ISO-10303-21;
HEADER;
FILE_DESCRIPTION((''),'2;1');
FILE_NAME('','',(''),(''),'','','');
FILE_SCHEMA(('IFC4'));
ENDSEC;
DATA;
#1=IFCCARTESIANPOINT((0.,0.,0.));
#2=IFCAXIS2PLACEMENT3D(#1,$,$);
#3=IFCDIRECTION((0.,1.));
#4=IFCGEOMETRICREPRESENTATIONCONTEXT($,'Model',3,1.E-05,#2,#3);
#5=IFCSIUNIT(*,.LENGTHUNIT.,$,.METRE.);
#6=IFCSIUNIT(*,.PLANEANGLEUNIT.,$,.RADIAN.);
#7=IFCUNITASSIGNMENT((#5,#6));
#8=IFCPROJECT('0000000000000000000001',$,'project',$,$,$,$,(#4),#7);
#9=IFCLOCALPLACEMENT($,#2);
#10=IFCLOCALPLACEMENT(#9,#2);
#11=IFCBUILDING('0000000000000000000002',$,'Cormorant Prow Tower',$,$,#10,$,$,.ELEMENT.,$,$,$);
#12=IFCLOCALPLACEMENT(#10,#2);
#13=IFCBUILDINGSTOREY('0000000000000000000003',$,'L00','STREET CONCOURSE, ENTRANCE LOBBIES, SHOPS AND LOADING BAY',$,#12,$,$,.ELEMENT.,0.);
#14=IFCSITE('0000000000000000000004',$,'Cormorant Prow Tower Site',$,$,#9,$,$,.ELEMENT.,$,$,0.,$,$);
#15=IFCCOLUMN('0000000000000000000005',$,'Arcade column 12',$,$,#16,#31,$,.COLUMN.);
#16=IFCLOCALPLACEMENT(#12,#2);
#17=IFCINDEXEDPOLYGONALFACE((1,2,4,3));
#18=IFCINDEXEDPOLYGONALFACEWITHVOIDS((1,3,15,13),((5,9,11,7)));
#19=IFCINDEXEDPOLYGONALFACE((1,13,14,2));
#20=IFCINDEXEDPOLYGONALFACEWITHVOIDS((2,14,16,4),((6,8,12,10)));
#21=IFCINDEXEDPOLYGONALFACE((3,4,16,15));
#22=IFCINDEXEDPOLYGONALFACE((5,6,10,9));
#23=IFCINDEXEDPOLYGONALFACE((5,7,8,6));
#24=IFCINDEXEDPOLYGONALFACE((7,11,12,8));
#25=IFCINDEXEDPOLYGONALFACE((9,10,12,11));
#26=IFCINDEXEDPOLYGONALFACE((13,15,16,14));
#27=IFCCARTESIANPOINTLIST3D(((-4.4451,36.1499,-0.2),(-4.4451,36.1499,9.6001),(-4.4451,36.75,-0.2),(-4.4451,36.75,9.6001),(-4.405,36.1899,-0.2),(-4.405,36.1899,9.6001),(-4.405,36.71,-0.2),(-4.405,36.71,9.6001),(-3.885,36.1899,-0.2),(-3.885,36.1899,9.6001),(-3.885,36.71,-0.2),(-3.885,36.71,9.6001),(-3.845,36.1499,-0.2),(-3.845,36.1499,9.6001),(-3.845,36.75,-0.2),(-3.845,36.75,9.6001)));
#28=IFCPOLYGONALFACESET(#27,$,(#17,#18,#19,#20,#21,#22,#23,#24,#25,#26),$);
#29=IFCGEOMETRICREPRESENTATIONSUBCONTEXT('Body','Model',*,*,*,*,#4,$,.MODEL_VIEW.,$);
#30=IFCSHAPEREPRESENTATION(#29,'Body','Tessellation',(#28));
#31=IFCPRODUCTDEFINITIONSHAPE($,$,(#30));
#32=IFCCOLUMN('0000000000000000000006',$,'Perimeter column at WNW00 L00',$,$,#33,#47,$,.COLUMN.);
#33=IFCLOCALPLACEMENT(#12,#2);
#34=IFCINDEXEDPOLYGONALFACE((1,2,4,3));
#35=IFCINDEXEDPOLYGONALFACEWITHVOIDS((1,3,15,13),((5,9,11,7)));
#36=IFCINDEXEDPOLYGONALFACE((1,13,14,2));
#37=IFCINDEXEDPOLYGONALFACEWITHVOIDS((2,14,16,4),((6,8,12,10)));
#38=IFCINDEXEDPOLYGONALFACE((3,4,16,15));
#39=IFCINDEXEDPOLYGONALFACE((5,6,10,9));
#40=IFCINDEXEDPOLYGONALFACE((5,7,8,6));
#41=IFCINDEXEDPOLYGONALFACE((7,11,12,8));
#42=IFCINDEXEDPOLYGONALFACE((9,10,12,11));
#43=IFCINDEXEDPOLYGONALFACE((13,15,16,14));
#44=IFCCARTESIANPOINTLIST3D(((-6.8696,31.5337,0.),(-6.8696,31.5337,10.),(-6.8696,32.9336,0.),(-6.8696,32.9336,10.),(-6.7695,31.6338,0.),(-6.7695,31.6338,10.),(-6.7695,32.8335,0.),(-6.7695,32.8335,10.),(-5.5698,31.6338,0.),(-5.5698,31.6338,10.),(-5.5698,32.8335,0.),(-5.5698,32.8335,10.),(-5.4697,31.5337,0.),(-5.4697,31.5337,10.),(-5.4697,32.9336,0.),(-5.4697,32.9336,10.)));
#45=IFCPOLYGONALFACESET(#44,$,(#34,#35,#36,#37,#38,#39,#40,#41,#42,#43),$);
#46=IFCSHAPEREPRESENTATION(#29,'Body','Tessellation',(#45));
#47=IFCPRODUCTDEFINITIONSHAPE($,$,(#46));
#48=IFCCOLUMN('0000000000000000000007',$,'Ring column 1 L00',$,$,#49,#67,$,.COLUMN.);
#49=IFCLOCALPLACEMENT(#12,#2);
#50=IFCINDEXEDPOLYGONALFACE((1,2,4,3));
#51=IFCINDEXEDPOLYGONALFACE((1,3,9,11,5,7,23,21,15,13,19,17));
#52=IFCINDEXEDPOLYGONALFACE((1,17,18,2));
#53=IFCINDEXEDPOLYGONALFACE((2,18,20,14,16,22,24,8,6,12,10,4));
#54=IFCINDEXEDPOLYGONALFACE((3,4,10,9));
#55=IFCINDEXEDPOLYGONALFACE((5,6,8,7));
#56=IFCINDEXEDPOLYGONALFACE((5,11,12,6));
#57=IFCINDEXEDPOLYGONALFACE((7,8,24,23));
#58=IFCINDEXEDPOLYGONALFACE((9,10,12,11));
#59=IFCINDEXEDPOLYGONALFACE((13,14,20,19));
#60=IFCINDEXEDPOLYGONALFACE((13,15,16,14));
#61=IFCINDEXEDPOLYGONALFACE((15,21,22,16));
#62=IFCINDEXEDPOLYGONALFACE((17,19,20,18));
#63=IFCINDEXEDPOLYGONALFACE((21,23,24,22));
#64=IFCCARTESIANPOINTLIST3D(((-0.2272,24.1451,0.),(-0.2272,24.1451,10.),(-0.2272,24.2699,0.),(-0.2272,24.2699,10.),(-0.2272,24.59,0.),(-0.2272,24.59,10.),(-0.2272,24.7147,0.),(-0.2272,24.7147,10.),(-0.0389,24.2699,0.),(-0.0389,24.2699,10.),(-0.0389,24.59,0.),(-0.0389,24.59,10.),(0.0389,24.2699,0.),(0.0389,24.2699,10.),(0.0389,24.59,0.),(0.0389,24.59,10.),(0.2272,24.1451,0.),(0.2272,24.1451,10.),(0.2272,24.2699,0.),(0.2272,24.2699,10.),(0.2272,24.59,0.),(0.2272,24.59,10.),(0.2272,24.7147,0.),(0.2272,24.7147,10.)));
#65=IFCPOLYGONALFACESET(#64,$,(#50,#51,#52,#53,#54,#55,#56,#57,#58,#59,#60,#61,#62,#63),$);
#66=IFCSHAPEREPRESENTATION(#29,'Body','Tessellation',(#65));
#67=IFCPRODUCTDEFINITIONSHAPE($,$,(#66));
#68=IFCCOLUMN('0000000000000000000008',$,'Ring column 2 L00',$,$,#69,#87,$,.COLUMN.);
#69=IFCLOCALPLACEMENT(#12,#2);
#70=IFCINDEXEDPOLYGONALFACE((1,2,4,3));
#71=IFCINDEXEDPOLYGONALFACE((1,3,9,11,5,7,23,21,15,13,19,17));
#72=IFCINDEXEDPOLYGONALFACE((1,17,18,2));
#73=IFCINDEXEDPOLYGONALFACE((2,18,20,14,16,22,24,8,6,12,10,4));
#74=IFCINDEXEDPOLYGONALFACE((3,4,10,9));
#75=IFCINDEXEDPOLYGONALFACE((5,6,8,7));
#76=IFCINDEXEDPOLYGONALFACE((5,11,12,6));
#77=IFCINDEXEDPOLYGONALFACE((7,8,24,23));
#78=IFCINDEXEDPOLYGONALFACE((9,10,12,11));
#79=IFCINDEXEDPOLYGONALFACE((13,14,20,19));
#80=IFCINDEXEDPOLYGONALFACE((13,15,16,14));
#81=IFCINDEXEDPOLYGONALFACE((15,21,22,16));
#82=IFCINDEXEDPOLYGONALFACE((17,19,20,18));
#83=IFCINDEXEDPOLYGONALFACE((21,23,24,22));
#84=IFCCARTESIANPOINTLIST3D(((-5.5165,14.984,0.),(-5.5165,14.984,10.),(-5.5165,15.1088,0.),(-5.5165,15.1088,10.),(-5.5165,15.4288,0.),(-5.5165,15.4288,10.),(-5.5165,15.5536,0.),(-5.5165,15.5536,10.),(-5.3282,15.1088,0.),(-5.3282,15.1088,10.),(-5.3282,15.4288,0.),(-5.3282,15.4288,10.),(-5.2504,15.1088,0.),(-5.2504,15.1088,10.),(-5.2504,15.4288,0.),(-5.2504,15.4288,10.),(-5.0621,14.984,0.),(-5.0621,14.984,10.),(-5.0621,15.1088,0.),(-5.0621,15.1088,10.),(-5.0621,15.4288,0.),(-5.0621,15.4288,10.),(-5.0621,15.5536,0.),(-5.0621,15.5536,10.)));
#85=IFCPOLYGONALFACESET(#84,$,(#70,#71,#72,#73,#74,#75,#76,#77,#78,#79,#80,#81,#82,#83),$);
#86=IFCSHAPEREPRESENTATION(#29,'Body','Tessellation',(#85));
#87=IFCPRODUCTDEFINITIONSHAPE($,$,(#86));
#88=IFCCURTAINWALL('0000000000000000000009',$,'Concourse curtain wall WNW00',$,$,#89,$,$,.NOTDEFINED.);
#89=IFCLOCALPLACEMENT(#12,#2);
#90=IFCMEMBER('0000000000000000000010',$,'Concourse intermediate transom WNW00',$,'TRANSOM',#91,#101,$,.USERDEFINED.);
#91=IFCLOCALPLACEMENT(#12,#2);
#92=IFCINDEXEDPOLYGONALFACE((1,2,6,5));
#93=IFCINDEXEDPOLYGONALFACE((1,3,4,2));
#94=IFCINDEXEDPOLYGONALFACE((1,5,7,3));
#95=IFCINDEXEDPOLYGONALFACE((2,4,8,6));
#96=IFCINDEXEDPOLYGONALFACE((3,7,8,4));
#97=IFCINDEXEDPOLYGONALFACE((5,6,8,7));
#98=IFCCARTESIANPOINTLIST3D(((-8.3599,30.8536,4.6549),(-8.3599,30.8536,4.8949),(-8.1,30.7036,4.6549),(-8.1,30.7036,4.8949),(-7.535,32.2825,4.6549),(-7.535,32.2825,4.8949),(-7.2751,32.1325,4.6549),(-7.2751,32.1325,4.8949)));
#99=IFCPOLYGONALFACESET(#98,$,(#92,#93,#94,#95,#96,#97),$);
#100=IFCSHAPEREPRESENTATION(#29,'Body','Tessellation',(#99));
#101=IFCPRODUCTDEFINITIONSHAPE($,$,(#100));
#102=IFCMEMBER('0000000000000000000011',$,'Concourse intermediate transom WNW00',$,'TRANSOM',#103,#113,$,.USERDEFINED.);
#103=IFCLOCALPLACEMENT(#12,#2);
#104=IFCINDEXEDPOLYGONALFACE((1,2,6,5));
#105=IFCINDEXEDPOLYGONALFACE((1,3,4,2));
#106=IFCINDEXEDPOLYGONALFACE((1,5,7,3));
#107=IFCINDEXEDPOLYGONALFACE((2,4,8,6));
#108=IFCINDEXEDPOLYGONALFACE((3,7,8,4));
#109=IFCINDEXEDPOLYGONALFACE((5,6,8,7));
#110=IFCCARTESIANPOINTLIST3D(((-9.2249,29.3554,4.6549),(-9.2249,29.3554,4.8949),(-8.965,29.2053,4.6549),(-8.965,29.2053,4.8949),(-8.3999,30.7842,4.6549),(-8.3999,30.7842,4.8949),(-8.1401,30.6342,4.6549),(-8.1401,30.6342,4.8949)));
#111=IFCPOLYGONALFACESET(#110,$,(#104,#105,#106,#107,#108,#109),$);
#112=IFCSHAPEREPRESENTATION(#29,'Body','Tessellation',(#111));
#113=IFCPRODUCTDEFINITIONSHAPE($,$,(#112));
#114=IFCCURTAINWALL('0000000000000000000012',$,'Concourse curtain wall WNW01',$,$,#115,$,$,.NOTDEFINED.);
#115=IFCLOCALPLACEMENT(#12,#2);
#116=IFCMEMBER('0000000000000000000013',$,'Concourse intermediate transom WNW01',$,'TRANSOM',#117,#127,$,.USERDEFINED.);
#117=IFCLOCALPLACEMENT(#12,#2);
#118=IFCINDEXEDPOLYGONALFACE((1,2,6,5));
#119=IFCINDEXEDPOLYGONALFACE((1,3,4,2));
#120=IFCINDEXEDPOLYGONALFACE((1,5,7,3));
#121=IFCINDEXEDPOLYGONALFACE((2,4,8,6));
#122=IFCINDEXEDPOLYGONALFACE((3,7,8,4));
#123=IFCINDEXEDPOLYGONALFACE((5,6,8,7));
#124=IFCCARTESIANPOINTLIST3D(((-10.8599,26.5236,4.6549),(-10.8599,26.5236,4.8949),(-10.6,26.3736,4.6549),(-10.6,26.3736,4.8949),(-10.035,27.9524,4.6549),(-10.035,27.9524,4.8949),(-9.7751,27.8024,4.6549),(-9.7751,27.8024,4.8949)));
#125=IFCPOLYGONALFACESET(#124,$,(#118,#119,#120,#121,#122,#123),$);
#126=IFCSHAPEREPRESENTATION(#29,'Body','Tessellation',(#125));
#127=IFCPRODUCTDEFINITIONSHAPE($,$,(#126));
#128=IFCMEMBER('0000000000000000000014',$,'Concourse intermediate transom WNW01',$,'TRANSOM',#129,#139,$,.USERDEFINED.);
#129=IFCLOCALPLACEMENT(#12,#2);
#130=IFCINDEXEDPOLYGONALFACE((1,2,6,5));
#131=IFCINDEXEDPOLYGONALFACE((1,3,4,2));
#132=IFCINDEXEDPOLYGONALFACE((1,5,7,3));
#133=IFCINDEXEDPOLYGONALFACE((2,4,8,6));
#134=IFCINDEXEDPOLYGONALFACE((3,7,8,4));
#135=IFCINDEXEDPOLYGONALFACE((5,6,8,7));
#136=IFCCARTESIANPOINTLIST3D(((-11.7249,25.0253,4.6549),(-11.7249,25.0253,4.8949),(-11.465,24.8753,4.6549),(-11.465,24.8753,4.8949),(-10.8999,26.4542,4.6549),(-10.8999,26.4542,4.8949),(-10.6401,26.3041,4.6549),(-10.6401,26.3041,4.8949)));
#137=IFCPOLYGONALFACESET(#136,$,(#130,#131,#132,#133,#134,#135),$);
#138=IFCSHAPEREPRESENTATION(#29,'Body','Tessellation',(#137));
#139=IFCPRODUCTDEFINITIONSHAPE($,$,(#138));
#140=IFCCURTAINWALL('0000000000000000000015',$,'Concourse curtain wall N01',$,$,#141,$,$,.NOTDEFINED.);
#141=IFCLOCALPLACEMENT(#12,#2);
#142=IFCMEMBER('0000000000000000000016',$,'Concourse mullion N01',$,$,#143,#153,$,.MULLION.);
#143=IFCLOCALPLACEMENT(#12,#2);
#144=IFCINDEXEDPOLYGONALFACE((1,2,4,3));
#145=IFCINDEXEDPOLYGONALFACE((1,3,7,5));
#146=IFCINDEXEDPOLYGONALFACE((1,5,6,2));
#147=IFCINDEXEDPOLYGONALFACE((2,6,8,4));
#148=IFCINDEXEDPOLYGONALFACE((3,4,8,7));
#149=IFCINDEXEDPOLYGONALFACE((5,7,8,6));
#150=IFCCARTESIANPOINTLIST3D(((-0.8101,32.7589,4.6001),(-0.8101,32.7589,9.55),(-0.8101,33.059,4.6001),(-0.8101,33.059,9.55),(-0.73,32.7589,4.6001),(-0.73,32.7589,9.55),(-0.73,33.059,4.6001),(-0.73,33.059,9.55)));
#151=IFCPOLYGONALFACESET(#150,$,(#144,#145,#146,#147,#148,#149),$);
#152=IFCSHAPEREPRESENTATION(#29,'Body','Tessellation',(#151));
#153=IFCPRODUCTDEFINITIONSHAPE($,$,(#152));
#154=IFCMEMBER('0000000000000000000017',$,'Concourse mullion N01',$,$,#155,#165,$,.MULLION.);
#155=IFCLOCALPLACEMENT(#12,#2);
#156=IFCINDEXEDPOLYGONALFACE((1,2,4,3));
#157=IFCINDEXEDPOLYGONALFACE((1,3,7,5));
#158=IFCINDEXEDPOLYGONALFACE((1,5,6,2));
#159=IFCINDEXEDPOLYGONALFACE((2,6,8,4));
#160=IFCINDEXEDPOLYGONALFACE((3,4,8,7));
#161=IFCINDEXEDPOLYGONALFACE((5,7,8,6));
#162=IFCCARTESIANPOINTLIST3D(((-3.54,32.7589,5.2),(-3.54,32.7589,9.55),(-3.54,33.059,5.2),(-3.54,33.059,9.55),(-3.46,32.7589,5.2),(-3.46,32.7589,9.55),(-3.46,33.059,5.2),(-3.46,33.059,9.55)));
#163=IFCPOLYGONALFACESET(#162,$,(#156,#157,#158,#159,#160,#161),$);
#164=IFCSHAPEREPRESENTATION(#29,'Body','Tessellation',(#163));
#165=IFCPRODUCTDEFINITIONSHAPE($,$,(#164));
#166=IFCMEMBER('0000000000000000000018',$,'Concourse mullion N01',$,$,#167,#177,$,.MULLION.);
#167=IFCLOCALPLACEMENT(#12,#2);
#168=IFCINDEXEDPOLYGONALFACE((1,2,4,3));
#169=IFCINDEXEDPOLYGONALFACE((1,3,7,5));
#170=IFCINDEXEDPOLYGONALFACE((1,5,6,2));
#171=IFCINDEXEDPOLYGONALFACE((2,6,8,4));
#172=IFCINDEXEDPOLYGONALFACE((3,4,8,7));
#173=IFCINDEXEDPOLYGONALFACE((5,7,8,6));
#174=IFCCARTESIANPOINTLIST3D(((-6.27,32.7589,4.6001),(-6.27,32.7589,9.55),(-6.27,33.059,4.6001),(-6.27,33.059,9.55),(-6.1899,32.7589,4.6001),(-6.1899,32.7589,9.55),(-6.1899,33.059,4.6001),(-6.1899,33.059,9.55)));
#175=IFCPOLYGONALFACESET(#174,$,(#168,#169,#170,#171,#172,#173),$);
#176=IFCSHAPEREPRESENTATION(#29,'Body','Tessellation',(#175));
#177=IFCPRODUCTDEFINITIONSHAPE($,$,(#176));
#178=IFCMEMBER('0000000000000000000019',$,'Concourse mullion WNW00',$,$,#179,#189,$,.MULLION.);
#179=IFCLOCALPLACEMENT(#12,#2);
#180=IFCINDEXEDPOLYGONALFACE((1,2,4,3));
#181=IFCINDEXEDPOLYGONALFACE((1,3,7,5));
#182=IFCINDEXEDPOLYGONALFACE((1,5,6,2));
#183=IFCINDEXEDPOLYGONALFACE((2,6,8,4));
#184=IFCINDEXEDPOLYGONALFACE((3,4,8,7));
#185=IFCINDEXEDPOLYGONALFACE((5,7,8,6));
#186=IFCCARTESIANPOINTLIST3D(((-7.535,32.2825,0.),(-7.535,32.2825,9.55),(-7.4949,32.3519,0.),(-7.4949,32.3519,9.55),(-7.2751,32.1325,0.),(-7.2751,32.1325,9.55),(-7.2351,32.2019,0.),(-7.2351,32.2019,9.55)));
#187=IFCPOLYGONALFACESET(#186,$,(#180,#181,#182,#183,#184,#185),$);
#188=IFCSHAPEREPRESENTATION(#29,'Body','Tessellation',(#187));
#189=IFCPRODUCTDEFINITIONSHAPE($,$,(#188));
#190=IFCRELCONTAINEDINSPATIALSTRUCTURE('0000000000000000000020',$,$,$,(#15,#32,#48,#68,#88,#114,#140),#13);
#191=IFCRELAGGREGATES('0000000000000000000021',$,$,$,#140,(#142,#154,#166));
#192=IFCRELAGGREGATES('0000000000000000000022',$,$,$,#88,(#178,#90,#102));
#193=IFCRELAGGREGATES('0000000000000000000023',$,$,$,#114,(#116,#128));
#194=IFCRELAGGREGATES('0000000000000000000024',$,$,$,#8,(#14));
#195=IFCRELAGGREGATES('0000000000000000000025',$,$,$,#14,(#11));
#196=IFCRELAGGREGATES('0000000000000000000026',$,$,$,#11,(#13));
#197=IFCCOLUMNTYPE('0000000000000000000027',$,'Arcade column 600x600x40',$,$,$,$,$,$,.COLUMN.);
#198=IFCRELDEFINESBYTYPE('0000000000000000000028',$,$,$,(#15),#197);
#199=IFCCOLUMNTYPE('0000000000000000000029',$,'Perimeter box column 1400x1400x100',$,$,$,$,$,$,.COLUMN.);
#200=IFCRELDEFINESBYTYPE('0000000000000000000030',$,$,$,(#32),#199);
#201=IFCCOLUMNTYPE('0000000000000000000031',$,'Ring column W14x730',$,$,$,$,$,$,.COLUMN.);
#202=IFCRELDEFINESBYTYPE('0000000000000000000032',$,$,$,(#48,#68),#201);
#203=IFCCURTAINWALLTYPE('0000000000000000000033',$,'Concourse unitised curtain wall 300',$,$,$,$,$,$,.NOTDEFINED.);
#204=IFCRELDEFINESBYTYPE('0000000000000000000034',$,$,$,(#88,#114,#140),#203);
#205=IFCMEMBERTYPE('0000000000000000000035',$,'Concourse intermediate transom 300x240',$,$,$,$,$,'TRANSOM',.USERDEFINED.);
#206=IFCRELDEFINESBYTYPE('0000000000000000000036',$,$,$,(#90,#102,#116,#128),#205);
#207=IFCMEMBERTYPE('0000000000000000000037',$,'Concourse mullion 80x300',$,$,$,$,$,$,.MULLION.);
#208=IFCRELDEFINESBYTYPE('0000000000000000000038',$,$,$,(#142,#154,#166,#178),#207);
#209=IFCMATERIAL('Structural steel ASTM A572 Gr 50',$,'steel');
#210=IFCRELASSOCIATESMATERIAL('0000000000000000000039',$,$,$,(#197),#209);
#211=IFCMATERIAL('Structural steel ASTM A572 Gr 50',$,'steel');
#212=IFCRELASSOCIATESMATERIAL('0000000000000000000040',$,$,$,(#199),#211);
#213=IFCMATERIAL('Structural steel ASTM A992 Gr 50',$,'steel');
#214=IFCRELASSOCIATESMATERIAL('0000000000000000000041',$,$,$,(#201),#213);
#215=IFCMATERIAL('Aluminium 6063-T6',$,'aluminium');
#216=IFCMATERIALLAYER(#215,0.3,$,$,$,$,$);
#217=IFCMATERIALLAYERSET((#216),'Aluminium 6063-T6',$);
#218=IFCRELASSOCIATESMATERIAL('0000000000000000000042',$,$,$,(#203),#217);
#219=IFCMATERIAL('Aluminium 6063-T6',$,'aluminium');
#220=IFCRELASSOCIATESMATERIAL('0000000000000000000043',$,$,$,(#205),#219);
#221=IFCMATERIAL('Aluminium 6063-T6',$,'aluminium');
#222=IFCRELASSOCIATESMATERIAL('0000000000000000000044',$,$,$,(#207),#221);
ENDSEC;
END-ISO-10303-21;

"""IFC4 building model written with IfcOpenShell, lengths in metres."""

from ifc_helpers import new_model, si_unit, direction, frame, origin, origin_2d, place, context, subcontext, project, spatial, rectangle, hollow_rectangle, i_section, extrude, material, layer, layer_set, material_profile, profile_set, type_object, element, aggregate, save


model = new_model("IFC4")

# Units and contexts
model_context = context("Model", 3, precision=1e-05, world=origin(), true_north=direction((0.0, 1.0)))
body_context = subcontext(model_context, "Body", "Model", "MODEL_VIEW")
ifc_project = project(units=[si_unit("LENGTHUNIT", "METRE"), si_unit("PLANEANGLEUNIT", "RADIAN")], contexts=[model_context])

# Site, building, storey
site_placement = place(None, origin())
site = spatial("IfcSite", under=ifc_project, at=site_placement, Name="Cormorant Prow Tower Site", CompositionType="ELEMENT", RefElevation=0.0)
building_placement = place(site_placement, origin())
building = spatial("IfcBuilding", under=site, at=building_placement, Name="Cormorant Prow Tower", CompositionType="ELEMENT")
storey_placement = place(building_placement, origin())
storey = spatial("IfcBuildingStorey", under=building, at=storey_placement, Name="L00", Description="STREET CONCOURSE, ENTRANCE LOBBIES, SHOPS AND LOADING BAY", CompositionType="ELEMENT", Elevation=0.0)

# Columns
ifc_material_1 = material(Name="Structural steel ASTM A572 Gr 50", Category="steel")
ifc_material_profile_1 = material_profile(ifc_material_1, hollow_rectangle(XDim=0.6001, YDim=0.6001, WallThickness=0.04, at=origin_2d()), Name="Box 600x600x40")
ifc_profile_set_1 = profile_set([ifc_material_profile_1], Name="Structural steel ASTM A572 Gr 50")
column_type_1 = type_object("IfcColumnType", Name="Arcade column 600x600x40", PredefinedType="COLUMN", material=ifc_profile_set_1)
column_1_placement = place(storey_placement, frame((-4.145, 36.45, -0.2), z_axis=(0.0, 0.0, 1.0), x_axis=(1.0, 0.0, 0.0)))
element("IfcColumn", 1, at=column_1_placement, inside=storey, type_object=column_type_1, Name="Arcade column 12", PredefinedType="COLUMN", context=body_context, shape_type="SweptSolid", body=[
    extrude(hollow_rectangle(XDim=0.6001, YDim=0.6001, WallThickness=0.04, at=origin_2d()), origin(), (0.0, 0.0, 1.0), 9.8),
])
ifc_material_2 = material(Name="Structural steel ASTM A572 Gr 50", Category="steel")
ifc_material_profile_2 = material_profile(ifc_material_2, hollow_rectangle(XDim=1.3999, YDim=1.3999, WallThickness=0.1001, at=origin_2d()), Name="Box 1400x1400x100")
ifc_profile_set_2 = profile_set([ifc_material_profile_2], Name="Structural steel ASTM A572 Gr 50")
column_type_2 = type_object("IfcColumnType", Name="Perimeter box column 1400x1400x100", PredefinedType="COLUMN", material=ifc_profile_set_2)
column_2_placement = place(storey_placement, frame((-6.1697, 32.2336, 0.0), z_axis=(0.0, 0.0, 1.0), x_axis=(1.0, 0.0, 0.0)))
element("IfcColumn", 2, at=column_2_placement, inside=storey, type_object=column_type_2, Name="Perimeter column at WNW00 L00", PredefinedType="COLUMN", context=body_context, shape_type="SweptSolid", body=[
    extrude(hollow_rectangle(XDim=1.3999, YDim=1.3999, WallThickness=0.1001, at=origin_2d()), origin(), (0.0, 0.0, 1.0), 10.0),
])
ifc_material_3 = material(Name="Structural steel ASTM A992 Gr 50", Category="steel")
ifc_material_profile_3 = material_profile(ifc_material_3, i_section(OverallWidth=0.4543, OverallDepth=0.5696, WebThickness=0.0779, FlangeThickness=0.1248, at=origin_2d()), Name="W14x730")
ifc_profile_set_3 = profile_set([ifc_material_profile_3], Name="Structural steel ASTM A992 Gr 50")
column_type_3 = type_object("IfcColumnType", Name="Ring column W14x730", PredefinedType="COLUMN", material=ifc_profile_set_3)
for number, where, z_axis, x_axis, name in (
    (3, (0.0, 24.4299, 0.0), (0.0, 0.0, 1.0), (1.0, 0.0, 0.0), "Ring column 1 L00"),
    (4, (-5.2893, 15.2688, 0.0), (0.0, 0.0, 1.0), (1.0, 0.0, 0.0), "Ring column 2 L00"),
):
    element("IfcColumn", number, at=place(storey_placement, frame(where, z_axis=z_axis, x_axis=x_axis)), inside=storey, type_object=column_type_3, Name=name, PredefinedType="COLUMN", context=body_context, shape_type="SweptSolid", body=[
        extrude(i_section(OverallWidth=0.4543, OverallDepth=0.5696, WebThickness=0.0779, FlangeThickness=0.1248, at=origin_2d()), origin(), (0.0, 0.0, 1.0), 10.0),
    ])

# Curtain walls, members
ifc_material_4 = material(Name="Aluminium 6063-T6", Category="aluminium")
ifc_layer_1 = layer(ifc_material_4, 0.3)
ifc_layer_set_1 = layer_set([ifc_layer_1], Name="Aluminium 6063-T6")
curtain_wall_type = type_object("IfcCurtainWallType", Name="Concourse unitised curtain wall 300", PredefinedType="NOTDEFINED", material=ifc_layer_set_1)
curtain_wall_1_placement = place(storey_placement, origin())
curtain_wall_1 = element("IfcCurtainWall", 5, at=curtain_wall_1_placement, inside=storey, type_object=curtain_wall_type, Name="Concourse curtain wall WNW00", PredefinedType="NOTDEFINED")
ifc_material_5 = material(Name="Aluminium 6063-T6", Category="aluminium")
ifc_material_profile_4 = material_profile(ifc_material_5, rectangle(XDim=0.3, YDim=0.24, at=origin_2d()), Name="Concourse intermediate transom 300x240")
ifc_profile_set_4 = profile_set([ifc_material_profile_4], Name="Aluminium 6063-T6")
member_type_1 = type_object("IfcMemberType", Name="Concourse intermediate transom 300x240", ElementType="TRANSOM", PredefinedType="USERDEFINED", material=ifc_profile_set_4)
member_1_placement = place(storey_placement, frame((-7.405, 32.2075, 4.7749), z_axis=(-0.499974, -0.86604, 0.0), x_axis=(0.86604, -0.499974, 0.0)))
member_1 = element("IfcMember", 6, at=member_1_placement, type_object=member_type_1, Name="Concourse intermediate transom WNW00", ObjectType="TRANSOM", PredefinedType="USERDEFINED", context=body_context, shape_type="SweptSolid", body=[
    extrude(rectangle(XDim=0.3, YDim=0.24, at=origin_2d()), origin(), (0.0, 0.0, 1.0), 1.6499),
])
member_2_placement = place(storey_placement, frame((-8.27, 30.7092, 4.7749), z_axis=(-0.499974, -0.86604, 0.0), x_axis=(0.86604, -0.499974, 0.0)))
member_2 = element("IfcMember", 7, at=member_2_placement, type_object=member_type_1, Name="Concourse intermediate transom WNW00", ObjectType="TRANSOM", PredefinedType="USERDEFINED", context=body_context, shape_type="SweptSolid", body=[
    extrude(rectangle(XDim=0.3, YDim=0.24, at=origin_2d()), origin(), (0.0, 0.0, 1.0), 1.6499),
])
curtain_wall_2_placement = place(storey_placement, origin())
curtain_wall_2 = element("IfcCurtainWall", 8, at=curtain_wall_2_placement, inside=storey, type_object=curtain_wall_type, Name="Concourse curtain wall WNW01", PredefinedType="NOTDEFINED")
member_3_placement = place(storey_placement, frame((-9.905, 27.8774, 4.7749), z_axis=(-0.499974, -0.86604, 0.0), x_axis=(0.86604, -0.499974, 0.0)))
member_3 = element("IfcMember", 9, at=member_3_placement, type_object=member_type_1, Name="Concourse intermediate transom WNW01", ObjectType="TRANSOM", PredefinedType="USERDEFINED", context=body_context, shape_type="SweptSolid", body=[
    extrude(rectangle(XDim=0.3, YDim=0.24, at=origin_2d()), origin(), (0.0, 0.0, 1.0), 1.6499),
])
member_4_placement = place(storey_placement, frame((-10.77, 26.3792, 4.7749), z_axis=(-0.499974, -0.86604, 0.0), x_axis=(0.86604, -0.499974, 0.0)))
member_4 = element("IfcMember", 10, at=member_4_placement, type_object=member_type_1, Name="Concourse intermediate transom WNW01", ObjectType="TRANSOM", PredefinedType="USERDEFINED", context=body_context, shape_type="SweptSolid", body=[
    extrude(rectangle(XDim=0.3, YDim=0.24, at=origin_2d()), origin(), (0.0, 0.0, 1.0), 1.6499),
])
curtain_wall_3_placement = place(storey_placement, origin())
curtain_wall_3 = element("IfcCurtainWall", 11, at=curtain_wall_3_placement, inside=storey, type_object=curtain_wall_type, Name="Concourse curtain wall N01", PredefinedType="NOTDEFINED")
ifc_material_6 = material(Name="Aluminium 6063-T6", Category="aluminium")
ifc_material_profile_5 = material_profile(ifc_material_6, rectangle(XDim=0.3, YDim=0.0801, at=origin_2d()), Name="Concourse mullion 80x300")
ifc_profile_set_5 = profile_set([ifc_material_profile_5], Name="Aluminium 6063-T6")
member_type_2 = type_object("IfcMemberType", Name="Concourse mullion 80x300", PredefinedType="MULLION", material=ifc_profile_set_5)
member_5_placement = place(storey_placement, frame((-0.77, 32.9089, 4.6001), z_axis=(0.0, 0.0, 1.0), x_axis=(0.0, -1.0, 0.0)))
member_5 = element("IfcMember", 12, at=member_5_placement, type_object=member_type_2, Name="Concourse mullion N01", PredefinedType="MULLION", context=body_context, shape_type="SweptSolid", body=[
    extrude(rectangle(XDim=0.3, YDim=0.0801, at=origin_2d()), origin(), (0.0, 0.0, 1.0), 4.95),
])
member_6_placement = place(storey_placement, frame((-3.5, 32.9089, 5.2), z_axis=(0.0, 0.0, 1.0), x_axis=(0.0, -1.0, 0.0)))
member_6 = element("IfcMember", 13, at=member_6_placement, type_object=member_type_2, Name="Concourse mullion N01", PredefinedType="MULLION", context=body_context, shape_type="SweptSolid", body=[
    extrude(rectangle(XDim=0.3, YDim=0.0801, at=origin_2d()), origin(), (0.0, 0.0, 1.0), 4.3501),
])
member_7_placement = place(storey_placement, frame((-6.23, 32.9089, 4.6001), z_axis=(0.0, 0.0, 1.0), x_axis=(0.0, -1.0, 0.0)))
member_7 = element("IfcMember", 14, at=member_7_placement, type_object=member_type_2, Name="Concourse mullion N01", PredefinedType="MULLION", context=body_context, shape_type="SweptSolid", body=[
    extrude(rectangle(XDim=0.3, YDim=0.0801, at=origin_2d()), origin(), (0.0, 0.0, 1.0), 4.95),
])

# Member
member_8_placement = place(storey_placement, frame((-7.385, 32.2422, 0.0), z_axis=(0.0, 0.0, 1.0), x_axis=(0.866025, -0.5, 0.0)))
member_8 = element("IfcMember", 15, at=member_8_placement, type_object=member_type_2, Name="Concourse mullion WNW00", PredefinedType="MULLION", context=body_context, shape_type="SweptSolid", body=[
    extrude(rectangle(XDim=0.3, YDim=0.0801, at=origin_2d()), origin(), (0.0, 0.0, 1.0), 9.55),
])

aggregate(curtain_wall_3, [member_5, member_6, member_7])
aggregate(curtain_wall_1, [member_8, member_1, member_2])
aggregate(curtain_wall_2, [member_3, member_4])

save(model, "model.ifc")
